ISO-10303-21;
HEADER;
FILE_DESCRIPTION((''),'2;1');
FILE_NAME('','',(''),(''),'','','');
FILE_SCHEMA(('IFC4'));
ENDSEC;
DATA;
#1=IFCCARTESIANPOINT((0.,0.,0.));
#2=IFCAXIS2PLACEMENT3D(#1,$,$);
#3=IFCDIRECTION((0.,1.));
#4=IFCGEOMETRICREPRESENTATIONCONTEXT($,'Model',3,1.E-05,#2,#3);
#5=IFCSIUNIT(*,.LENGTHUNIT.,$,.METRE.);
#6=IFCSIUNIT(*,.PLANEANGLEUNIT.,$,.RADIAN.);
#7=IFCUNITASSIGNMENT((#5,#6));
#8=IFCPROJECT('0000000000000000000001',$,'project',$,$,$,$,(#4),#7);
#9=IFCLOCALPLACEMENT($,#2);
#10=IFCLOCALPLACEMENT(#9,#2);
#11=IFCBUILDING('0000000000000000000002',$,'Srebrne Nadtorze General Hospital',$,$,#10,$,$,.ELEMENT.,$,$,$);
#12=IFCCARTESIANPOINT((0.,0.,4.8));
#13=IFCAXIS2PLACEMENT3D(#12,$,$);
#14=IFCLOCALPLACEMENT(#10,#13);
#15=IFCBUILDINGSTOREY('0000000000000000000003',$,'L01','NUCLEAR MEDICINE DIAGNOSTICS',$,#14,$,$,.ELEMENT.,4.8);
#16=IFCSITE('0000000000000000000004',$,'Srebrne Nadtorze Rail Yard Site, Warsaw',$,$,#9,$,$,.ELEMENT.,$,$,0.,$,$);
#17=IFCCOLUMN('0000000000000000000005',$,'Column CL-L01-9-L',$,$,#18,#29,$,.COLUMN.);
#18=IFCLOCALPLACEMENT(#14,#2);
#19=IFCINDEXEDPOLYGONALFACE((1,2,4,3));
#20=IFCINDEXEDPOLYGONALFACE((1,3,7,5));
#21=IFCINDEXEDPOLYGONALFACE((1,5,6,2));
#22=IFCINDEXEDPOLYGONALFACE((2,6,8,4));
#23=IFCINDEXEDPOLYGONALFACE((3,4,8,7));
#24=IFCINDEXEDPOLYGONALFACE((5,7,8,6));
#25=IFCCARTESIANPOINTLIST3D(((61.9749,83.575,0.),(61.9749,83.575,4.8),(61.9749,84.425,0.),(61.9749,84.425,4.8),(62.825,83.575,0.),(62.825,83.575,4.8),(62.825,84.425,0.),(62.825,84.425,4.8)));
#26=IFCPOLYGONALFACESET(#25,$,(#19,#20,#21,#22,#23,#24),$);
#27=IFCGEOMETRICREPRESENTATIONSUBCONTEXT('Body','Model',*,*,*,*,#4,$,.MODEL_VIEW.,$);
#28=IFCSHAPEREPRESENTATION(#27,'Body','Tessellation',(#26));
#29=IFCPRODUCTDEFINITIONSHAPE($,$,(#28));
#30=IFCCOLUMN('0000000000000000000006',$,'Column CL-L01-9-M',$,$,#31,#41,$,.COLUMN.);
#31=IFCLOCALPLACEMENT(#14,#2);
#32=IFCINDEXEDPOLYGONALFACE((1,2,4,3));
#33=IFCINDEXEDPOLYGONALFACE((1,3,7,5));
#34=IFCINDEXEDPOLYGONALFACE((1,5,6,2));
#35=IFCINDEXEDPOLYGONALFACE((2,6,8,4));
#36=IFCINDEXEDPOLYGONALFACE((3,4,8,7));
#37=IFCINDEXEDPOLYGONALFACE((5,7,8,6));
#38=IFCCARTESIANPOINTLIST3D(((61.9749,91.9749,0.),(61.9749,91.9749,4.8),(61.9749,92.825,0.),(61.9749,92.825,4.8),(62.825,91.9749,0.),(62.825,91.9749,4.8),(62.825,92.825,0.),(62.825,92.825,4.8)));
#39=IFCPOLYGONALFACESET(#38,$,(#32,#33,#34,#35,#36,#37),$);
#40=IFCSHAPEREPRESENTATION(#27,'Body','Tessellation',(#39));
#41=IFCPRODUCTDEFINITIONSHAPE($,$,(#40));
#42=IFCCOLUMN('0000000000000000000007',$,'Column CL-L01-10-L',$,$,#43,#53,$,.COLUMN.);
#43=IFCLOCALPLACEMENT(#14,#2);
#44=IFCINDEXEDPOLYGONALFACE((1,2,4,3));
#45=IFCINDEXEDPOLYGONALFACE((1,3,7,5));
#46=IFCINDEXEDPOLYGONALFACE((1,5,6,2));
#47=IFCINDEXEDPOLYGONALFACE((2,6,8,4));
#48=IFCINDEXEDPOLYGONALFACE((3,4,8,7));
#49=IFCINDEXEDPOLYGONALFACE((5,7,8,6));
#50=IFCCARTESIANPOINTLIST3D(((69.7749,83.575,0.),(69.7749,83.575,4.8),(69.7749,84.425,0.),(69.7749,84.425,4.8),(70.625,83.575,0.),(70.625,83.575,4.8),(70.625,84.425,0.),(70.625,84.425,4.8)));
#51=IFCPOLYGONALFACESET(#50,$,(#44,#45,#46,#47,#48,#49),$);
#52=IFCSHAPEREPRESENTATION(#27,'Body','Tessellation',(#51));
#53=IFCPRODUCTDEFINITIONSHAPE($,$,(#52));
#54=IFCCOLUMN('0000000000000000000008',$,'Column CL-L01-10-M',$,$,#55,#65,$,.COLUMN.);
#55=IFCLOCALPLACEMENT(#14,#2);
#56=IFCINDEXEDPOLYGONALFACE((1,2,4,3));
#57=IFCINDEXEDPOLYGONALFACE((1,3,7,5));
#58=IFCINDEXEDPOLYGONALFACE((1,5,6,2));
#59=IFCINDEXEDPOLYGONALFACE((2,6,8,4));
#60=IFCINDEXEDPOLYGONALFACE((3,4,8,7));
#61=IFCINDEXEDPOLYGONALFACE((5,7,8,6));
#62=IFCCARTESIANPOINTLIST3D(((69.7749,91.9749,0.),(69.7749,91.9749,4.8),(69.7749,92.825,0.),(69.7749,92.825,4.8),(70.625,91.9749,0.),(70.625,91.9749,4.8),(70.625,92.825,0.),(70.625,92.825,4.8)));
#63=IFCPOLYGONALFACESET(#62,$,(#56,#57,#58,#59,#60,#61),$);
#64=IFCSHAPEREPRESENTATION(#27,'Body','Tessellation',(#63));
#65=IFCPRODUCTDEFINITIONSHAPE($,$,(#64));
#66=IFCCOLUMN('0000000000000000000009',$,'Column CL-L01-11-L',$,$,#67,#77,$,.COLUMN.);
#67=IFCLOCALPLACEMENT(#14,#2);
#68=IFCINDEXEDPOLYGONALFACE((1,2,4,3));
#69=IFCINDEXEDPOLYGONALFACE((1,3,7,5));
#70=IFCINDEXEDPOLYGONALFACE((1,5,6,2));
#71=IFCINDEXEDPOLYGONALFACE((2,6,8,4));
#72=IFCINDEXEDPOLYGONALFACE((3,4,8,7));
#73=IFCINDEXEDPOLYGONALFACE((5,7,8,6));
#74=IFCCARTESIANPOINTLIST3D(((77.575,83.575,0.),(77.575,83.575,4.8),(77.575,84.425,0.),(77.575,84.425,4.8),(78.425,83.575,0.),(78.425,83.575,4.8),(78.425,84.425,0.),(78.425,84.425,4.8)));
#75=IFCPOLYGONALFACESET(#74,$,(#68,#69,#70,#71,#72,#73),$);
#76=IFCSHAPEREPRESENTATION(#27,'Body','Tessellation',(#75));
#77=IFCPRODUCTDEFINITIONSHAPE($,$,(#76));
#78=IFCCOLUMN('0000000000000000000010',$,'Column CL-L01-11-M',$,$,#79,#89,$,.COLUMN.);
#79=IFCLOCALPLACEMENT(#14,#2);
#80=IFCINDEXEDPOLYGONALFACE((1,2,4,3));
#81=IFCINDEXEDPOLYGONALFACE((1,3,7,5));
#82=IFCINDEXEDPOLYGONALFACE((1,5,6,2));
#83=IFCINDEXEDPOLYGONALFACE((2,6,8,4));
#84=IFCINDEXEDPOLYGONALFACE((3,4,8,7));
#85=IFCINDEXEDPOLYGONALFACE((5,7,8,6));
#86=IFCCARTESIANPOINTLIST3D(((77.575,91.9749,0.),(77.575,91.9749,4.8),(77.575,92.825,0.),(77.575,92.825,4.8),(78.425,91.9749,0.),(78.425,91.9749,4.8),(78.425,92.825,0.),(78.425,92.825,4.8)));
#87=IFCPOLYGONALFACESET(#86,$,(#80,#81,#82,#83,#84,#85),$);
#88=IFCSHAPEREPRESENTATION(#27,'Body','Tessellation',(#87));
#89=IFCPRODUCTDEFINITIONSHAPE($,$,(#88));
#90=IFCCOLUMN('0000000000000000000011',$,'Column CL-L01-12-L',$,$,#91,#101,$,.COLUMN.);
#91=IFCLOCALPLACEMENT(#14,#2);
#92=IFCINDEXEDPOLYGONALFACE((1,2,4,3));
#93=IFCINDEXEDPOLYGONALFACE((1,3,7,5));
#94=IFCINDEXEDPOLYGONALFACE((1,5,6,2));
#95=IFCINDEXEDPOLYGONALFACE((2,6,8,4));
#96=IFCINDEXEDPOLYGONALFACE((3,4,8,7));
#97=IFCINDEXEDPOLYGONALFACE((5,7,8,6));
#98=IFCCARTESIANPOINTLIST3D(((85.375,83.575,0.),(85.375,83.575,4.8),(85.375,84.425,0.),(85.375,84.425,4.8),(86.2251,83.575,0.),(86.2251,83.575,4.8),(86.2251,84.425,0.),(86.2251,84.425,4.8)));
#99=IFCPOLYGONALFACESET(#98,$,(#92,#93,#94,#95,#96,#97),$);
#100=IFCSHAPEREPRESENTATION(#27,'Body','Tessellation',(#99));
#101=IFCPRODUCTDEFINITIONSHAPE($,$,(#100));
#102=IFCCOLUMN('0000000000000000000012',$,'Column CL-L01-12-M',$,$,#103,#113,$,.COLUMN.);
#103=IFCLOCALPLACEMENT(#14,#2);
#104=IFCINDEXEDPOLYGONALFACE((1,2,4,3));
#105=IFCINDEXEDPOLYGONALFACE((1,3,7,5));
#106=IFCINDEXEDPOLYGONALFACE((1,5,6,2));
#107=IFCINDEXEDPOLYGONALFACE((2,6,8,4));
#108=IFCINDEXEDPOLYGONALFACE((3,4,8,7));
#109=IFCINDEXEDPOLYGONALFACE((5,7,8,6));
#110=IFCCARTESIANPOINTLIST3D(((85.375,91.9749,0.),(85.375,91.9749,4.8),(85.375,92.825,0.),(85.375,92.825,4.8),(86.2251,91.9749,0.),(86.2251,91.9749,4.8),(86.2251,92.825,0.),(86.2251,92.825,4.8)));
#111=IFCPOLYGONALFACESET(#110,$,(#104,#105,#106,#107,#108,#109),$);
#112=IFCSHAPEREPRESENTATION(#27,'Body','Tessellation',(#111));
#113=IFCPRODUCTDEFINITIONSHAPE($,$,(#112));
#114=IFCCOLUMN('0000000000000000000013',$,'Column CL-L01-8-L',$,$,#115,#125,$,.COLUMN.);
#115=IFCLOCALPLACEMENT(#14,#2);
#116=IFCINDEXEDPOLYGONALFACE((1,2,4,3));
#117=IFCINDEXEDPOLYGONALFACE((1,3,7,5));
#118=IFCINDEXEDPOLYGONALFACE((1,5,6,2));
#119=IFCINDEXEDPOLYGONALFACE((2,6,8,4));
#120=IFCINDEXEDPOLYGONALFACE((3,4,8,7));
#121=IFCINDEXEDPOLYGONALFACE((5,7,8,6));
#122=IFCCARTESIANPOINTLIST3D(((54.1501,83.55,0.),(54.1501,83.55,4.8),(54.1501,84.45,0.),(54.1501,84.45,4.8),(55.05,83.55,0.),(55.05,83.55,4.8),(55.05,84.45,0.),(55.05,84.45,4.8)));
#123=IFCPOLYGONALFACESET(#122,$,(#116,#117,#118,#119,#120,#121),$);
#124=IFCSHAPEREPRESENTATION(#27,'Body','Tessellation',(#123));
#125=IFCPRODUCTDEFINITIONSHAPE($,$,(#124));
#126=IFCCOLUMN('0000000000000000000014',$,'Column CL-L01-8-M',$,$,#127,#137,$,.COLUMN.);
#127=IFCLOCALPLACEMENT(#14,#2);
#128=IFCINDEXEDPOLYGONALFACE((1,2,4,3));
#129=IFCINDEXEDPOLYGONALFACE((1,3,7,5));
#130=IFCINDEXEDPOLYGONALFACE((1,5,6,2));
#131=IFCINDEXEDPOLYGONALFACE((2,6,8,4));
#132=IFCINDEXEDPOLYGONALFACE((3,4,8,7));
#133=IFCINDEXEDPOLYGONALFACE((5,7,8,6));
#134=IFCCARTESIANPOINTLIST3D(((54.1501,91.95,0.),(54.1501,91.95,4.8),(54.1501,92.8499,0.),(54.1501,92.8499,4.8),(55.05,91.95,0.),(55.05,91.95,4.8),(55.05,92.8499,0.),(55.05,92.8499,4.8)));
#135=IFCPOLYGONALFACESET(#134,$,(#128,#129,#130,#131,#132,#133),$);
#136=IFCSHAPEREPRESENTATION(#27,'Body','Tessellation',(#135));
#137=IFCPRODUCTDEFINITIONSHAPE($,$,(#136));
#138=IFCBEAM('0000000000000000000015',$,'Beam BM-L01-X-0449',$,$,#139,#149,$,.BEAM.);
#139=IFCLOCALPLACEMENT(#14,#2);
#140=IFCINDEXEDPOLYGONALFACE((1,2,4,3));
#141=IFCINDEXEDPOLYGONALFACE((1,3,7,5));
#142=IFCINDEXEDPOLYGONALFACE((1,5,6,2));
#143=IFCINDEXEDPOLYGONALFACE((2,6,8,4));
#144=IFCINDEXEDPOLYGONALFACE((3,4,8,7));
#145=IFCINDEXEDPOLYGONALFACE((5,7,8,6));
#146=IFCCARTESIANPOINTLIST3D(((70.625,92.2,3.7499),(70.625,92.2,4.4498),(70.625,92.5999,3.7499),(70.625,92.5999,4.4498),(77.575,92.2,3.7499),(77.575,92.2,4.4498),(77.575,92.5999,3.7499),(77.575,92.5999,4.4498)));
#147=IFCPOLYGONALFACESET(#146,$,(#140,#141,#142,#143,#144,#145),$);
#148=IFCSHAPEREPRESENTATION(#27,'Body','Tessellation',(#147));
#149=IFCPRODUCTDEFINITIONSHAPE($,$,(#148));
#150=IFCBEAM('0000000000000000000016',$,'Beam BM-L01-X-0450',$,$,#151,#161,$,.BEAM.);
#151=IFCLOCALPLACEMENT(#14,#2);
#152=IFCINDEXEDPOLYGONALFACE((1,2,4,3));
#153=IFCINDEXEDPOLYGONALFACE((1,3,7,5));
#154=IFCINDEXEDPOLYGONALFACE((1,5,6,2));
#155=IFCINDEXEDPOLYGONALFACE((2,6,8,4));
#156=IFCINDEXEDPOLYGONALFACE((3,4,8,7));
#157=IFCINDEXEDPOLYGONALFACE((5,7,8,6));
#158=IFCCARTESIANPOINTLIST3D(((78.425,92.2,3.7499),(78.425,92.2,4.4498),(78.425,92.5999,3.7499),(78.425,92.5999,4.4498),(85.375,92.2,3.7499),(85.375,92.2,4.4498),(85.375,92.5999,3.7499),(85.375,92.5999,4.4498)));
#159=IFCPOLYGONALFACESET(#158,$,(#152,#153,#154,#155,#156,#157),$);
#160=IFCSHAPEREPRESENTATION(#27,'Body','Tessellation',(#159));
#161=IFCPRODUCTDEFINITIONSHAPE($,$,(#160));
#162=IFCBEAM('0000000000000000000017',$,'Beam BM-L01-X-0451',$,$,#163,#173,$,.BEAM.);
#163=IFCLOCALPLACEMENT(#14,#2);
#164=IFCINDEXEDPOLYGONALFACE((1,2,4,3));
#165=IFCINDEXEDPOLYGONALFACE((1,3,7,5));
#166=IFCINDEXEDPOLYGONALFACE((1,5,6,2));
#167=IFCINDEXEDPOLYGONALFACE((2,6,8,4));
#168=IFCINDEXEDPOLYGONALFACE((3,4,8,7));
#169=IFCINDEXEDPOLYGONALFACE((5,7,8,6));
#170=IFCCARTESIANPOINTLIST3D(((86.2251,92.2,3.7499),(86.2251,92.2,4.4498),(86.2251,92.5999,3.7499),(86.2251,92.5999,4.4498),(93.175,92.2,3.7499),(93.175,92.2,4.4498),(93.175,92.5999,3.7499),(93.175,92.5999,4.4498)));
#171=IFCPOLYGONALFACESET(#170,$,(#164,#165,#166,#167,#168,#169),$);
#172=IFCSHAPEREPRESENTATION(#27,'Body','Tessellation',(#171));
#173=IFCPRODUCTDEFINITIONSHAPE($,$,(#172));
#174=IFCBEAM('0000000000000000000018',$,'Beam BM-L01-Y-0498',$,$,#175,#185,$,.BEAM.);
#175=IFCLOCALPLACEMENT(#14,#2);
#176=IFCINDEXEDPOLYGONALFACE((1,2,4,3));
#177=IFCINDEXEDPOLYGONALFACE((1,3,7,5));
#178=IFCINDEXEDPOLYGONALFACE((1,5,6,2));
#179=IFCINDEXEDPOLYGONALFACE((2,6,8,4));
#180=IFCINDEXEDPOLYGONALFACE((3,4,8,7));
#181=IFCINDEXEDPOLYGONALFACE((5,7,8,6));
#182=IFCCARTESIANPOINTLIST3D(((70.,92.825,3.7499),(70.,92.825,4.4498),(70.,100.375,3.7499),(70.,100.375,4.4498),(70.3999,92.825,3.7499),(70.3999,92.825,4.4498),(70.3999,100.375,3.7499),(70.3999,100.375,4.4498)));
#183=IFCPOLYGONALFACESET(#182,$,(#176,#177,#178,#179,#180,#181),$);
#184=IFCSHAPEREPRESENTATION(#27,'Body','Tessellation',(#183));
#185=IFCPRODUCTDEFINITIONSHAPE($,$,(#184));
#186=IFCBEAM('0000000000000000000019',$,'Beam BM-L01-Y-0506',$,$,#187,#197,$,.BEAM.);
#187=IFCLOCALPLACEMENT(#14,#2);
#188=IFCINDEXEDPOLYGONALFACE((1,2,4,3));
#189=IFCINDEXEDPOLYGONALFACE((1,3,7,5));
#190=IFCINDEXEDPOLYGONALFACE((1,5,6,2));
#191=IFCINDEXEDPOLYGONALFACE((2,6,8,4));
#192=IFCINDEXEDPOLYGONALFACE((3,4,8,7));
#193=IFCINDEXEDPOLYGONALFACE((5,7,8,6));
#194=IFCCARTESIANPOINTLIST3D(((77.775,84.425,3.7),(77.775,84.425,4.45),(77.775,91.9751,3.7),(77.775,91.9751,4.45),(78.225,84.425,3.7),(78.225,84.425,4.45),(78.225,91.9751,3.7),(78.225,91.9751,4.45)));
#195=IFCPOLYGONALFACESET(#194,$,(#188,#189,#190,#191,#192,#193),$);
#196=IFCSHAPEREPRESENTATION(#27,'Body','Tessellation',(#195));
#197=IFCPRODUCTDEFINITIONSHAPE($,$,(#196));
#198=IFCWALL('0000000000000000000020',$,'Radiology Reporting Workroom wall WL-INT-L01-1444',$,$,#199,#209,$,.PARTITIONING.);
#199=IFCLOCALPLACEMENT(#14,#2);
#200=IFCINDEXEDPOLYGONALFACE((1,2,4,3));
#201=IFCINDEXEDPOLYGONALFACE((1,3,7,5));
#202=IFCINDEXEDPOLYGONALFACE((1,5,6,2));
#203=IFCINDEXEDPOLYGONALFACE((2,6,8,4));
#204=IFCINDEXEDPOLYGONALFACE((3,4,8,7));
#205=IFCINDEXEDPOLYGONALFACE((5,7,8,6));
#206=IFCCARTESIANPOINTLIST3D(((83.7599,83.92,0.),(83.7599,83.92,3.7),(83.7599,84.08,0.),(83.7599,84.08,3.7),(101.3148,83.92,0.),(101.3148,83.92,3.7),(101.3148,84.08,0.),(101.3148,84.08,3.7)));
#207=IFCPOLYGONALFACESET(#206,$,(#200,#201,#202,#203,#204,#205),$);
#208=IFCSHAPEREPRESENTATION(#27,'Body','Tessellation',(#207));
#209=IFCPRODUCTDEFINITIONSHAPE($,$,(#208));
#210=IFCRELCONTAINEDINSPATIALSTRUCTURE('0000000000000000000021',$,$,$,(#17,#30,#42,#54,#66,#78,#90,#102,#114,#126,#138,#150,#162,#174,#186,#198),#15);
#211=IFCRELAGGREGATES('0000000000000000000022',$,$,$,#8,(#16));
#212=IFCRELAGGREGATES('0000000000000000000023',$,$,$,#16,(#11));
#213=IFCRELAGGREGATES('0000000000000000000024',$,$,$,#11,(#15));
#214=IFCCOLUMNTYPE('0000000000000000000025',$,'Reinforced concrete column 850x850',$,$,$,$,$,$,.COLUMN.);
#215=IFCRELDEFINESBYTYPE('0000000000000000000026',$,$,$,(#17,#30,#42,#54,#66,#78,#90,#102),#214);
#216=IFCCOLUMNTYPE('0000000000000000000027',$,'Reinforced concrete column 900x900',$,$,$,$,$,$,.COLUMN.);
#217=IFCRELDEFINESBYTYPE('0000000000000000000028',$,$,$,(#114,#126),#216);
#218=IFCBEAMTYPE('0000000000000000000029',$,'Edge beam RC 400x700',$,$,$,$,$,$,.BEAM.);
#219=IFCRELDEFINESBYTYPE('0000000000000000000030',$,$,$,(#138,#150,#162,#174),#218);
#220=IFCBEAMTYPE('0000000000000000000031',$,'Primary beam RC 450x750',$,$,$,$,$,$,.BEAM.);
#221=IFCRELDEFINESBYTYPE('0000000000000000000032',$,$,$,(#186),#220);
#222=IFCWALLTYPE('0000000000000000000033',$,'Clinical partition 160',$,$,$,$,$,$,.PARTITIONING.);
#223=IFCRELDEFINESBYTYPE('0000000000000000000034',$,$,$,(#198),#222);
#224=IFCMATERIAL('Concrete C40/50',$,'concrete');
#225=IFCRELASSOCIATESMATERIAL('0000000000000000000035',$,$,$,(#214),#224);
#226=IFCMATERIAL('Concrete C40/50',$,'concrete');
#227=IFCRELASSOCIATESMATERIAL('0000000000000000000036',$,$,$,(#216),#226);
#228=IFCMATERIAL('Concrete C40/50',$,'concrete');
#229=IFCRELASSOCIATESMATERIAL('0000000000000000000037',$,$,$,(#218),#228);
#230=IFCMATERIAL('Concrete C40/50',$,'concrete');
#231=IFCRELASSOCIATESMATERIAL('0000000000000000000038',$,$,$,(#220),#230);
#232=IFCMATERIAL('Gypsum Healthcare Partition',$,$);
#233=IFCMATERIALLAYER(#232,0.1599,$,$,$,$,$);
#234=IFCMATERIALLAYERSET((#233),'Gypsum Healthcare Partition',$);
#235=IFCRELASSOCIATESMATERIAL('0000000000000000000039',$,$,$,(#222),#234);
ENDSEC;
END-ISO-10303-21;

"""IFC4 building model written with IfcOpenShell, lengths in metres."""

from ifc_helpers import new_model, si_unit, direction, frame, frame_2d, origin, origin_2d, place, context, subcontext, project, spatial, rectangle, extrude, material, layer, layer_set, material_profile, profile_set, type_object, element, save


model = new_model("IFC4")

# Units and contexts
model_context = context("Model", 3, precision=1e-05, world=origin(), true_north=direction((0.0, 1.0)))
body_context = subcontext(model_context, "Body", "Model", "MODEL_VIEW")
ifc_project = project(units=[si_unit("LENGTHUNIT", "METRE"), si_unit("PLANEANGLEUNIT", "RADIAN")], contexts=[model_context])

# Site, building, storey
site_placement = place(None, origin())
site = spatial("IfcSite", under=ifc_project, at=site_placement, Name="Srebrne Nadtorze Rail Yard Site, Warsaw", CompositionType="ELEMENT", RefElevation=0.0)
building_placement = place(site_placement, origin())
building = spatial("IfcBuilding", under=site, at=building_placement, Name="Srebrne Nadtorze General Hospital", CompositionType="ELEMENT")
storey_placement = place(building_placement, frame((0.0, 0.0, 4.8)))
storey = spatial("IfcBuildingStorey", under=building, at=storey_placement, Name="L01", Description="NUCLEAR MEDICINE DIAGNOSTICS", CompositionType="ELEMENT", Elevation=4.8)

# Columns
ifc_material_1 = material(Name="Concrete C40/50", Category="concrete")
ifc_material_profile_1 = material_profile(ifc_material_1, rectangle(XDim=0.8501, YDim=0.8501, at=origin_2d()), Name="RC-COL-850x850")
ifc_profile_set_1 = profile_set([ifc_material_profile_1], Name="Concrete C40/50")
column_type_1 = type_object("IfcColumnType", Name="Reinforced concrete column 850x850", PredefinedType="COLUMN", material=ifc_profile_set_1)
for number, where, z_axis, x_axis, name in (
    (1, (62.3999, 84.0, 0.0), (0.0, 0.0, 1.0), (1.0, 0.0, 0.0), "Column CL-L01-9-L"),
    (2, (62.3999, 92.3999, 0.0), (0.0, 0.0, 1.0), (1.0, 0.0, 0.0), "Column CL-L01-9-M"),
    (3, (70.2, 84.0, 0.0), (0.0, 0.0, 1.0), (1.0, 0.0, 0.0), "Column CL-L01-10-L"),
    (4, (70.2, 92.3999, 0.0), (0.0, 0.0, 1.0), (1.0, 0.0, 0.0), "Column CL-L01-10-M"),
    (5, (78.0, 84.0, 0.0), (0.0, 0.0, 1.0), (1.0, 0.0, 0.0), "Column CL-L01-11-L"),
    (6, (78.0, 92.3999, 0.0), (0.0, 0.0, 1.0), (1.0, 0.0, 0.0), "Column CL-L01-11-M"),
    (7, (85.8, 84.0, 0.0), (0.0, 0.0, 1.0), (1.0, 0.0, 0.0), "Column CL-L01-12-L"),
    (8, (85.8, 92.3999, 0.0), (0.0, 0.0, 1.0), (1.0, 0.0, 0.0), "Column CL-L01-12-M"),
):
    element("IfcColumn", number, at=place(storey_placement, frame(where, z_axis=z_axis, x_axis=x_axis)), inside=storey, type_object=column_type_1, Name=name, PredefinedType="COLUMN", context=body_context, shape_type="SweptSolid", body=[
        extrude(rectangle(XDim=0.8501, YDim=0.8501, at=origin_2d()), origin(), (0.0, 0.0, 1.0), 4.8),
    ])
ifc_material_2 = material(Name="Concrete C40/50", Category="concrete")
ifc_material_profile_2 = material_profile(ifc_material_2, rectangle(XDim=0.8999, YDim=0.8999, at=origin_2d()), Name="RC-COL-900x900")
ifc_profile_set_2 = profile_set([ifc_material_profile_2], Name="Concrete C40/50")
column_type_2 = type_object("IfcColumnType", Name="Reinforced concrete column 900x900", PredefinedType="COLUMN", material=ifc_profile_set_2)
for number, where, z_axis, x_axis, name in (
    (9, (54.6001, 84.0, 0.0), (0.0, 0.0, 1.0), (1.0, 0.0, 0.0), "Column CL-L01-8-L"),
    (10, (54.6001, 92.3999, 0.0), (0.0, 0.0, 1.0), (1.0, 0.0, 0.0), "Column CL-L01-8-M"),
):
    element("IfcColumn", number, at=place(storey_placement, frame(where, z_axis=z_axis, x_axis=x_axis)), inside=storey, type_object=column_type_2, Name=name, PredefinedType="COLUMN", context=body_context, shape_type="SweptSolid", body=[
        extrude(rectangle(XDim=0.8999, YDim=0.8999, at=origin_2d()), origin(), (0.0, 0.0, 1.0), 4.8),
    ])

# Beams
ifc_material_3 = material(Name="Concrete C40/50", Category="concrete")
ifc_material_profile_3 = material_profile(ifc_material_3, rectangle(XDim=0.3999, YDim=0.7, at=origin_2d()), Name="RC-BM-400x700")
ifc_profile_set_3 = profile_set([ifc_material_profile_3], Name="Concrete C40/50")
beam_type_1 = type_object("IfcBeamType", Name="Edge beam RC 400x700", PredefinedType="BEAM", material=ifc_profile_set_3)
for number, where, z_axis, x_axis, name in (
    (11, (70.625, 92.3999, 4.0999), (1.0, 0.0, 0.0), (0.0, 1.0, 0.0), "Beam BM-L01-X-0449"),
    (12, (78.425, 92.3999, 4.0999), (1.0, 0.0, 0.0), (0.0, 1.0, 0.0), "Beam BM-L01-X-0450"),
    (13, (86.2251, 92.3999, 4.0999), (1.0, 0.0, 0.0), (0.0, 1.0, 0.0), "Beam BM-L01-X-0451"),
):
    element("IfcBeam", number, at=place(storey_placement, frame(where, z_axis=z_axis, x_axis=x_axis)), inside=storey, type_object=beam_type_1, Name=name, PredefinedType="BEAM", context=body_context, shape_type="SweptSolid", body=[
        extrude(rectangle(XDim=0.3999, YDim=0.7, at=origin_2d()), origin(), (0.0, 0.0, 1.0), 6.95),
    ])
beam_1_placement = place(storey_placement, frame((70.2, 92.825, 4.0999), z_axis=(0.0, 1.0, 0.0), x_axis=(-1.0, 0.0, 0.0)))
element("IfcBeam", 14, at=beam_1_placement, inside=storey, type_object=beam_type_1, Name="Beam BM-L01-Y-0498", PredefinedType="BEAM", context=body_context, shape_type="SweptSolid", body=[
    extrude(rectangle(XDim=0.3999, YDim=0.7, at=origin_2d()), origin(), (0.0, 0.0, 1.0), 7.55),
])
ifc_material_4 = material(Name="Concrete C40/50", Category="concrete")
ifc_material_profile_4 = material_profile(ifc_material_4, rectangle(XDim=0.45, YDim=0.75, at=origin_2d()), Name="RC-BM-450x750")
ifc_profile_set_4 = profile_set([ifc_material_profile_4], Name="Concrete C40/50")
beam_type_2 = type_object("IfcBeamType", Name="Primary beam RC 450x750", PredefinedType="BEAM", material=ifc_profile_set_4)
beam_2_placement = place(storey_placement, frame((78.0, 84.425, 4.075), z_axis=(0.0, 1.0, 0.0), x_axis=(-1.0, 0.0, 0.0)))
element("IfcBeam", 15, at=beam_2_placement, inside=storey, type_object=beam_type_2, Name="Beam BM-L01-Y-0506", PredefinedType="BEAM", context=body_context, shape_type="SweptSolid", body=[
    extrude(rectangle(XDim=0.45, YDim=0.75, at=origin_2d()), origin(), (0.0, 0.0, 1.0), 7.55),
])

# Wall
ifc_material_5 = material(Name="Gypsum Healthcare Partition")
ifc_layer_1 = layer(ifc_material_5, 0.1599)
ifc_layer_set_1 = layer_set([ifc_layer_1], Name="Gypsum Healthcare Partition")
wall_type_1 = type_object("IfcWallType", Name="Clinical partition 160", PredefinedType="PARTITIONING", material=ifc_layer_set_1)
wall_1_placement = place(storey_placement, frame((83.76, 84.0, 0.0), z_axis=(0.0, 0.0, 1.0), x_axis=(1.0, 0.0, 0.0)))
element("IfcWall", 16, at=wall_1_placement, inside=storey, type_object=wall_type_1, Name="Radiology Reporting Workroom wall WL-INT-L01-1444", PredefinedType="PARTITIONING", context=body_context, shape_type="SweptSolid", body=[
    extrude(rectangle(XDim=17.5549, YDim=0.1599, at=frame_2d((8.7773, 0.0))), origin(), (0.0, 0.0, 1.0), 3.7),
])

save(model, "model.ifc")
